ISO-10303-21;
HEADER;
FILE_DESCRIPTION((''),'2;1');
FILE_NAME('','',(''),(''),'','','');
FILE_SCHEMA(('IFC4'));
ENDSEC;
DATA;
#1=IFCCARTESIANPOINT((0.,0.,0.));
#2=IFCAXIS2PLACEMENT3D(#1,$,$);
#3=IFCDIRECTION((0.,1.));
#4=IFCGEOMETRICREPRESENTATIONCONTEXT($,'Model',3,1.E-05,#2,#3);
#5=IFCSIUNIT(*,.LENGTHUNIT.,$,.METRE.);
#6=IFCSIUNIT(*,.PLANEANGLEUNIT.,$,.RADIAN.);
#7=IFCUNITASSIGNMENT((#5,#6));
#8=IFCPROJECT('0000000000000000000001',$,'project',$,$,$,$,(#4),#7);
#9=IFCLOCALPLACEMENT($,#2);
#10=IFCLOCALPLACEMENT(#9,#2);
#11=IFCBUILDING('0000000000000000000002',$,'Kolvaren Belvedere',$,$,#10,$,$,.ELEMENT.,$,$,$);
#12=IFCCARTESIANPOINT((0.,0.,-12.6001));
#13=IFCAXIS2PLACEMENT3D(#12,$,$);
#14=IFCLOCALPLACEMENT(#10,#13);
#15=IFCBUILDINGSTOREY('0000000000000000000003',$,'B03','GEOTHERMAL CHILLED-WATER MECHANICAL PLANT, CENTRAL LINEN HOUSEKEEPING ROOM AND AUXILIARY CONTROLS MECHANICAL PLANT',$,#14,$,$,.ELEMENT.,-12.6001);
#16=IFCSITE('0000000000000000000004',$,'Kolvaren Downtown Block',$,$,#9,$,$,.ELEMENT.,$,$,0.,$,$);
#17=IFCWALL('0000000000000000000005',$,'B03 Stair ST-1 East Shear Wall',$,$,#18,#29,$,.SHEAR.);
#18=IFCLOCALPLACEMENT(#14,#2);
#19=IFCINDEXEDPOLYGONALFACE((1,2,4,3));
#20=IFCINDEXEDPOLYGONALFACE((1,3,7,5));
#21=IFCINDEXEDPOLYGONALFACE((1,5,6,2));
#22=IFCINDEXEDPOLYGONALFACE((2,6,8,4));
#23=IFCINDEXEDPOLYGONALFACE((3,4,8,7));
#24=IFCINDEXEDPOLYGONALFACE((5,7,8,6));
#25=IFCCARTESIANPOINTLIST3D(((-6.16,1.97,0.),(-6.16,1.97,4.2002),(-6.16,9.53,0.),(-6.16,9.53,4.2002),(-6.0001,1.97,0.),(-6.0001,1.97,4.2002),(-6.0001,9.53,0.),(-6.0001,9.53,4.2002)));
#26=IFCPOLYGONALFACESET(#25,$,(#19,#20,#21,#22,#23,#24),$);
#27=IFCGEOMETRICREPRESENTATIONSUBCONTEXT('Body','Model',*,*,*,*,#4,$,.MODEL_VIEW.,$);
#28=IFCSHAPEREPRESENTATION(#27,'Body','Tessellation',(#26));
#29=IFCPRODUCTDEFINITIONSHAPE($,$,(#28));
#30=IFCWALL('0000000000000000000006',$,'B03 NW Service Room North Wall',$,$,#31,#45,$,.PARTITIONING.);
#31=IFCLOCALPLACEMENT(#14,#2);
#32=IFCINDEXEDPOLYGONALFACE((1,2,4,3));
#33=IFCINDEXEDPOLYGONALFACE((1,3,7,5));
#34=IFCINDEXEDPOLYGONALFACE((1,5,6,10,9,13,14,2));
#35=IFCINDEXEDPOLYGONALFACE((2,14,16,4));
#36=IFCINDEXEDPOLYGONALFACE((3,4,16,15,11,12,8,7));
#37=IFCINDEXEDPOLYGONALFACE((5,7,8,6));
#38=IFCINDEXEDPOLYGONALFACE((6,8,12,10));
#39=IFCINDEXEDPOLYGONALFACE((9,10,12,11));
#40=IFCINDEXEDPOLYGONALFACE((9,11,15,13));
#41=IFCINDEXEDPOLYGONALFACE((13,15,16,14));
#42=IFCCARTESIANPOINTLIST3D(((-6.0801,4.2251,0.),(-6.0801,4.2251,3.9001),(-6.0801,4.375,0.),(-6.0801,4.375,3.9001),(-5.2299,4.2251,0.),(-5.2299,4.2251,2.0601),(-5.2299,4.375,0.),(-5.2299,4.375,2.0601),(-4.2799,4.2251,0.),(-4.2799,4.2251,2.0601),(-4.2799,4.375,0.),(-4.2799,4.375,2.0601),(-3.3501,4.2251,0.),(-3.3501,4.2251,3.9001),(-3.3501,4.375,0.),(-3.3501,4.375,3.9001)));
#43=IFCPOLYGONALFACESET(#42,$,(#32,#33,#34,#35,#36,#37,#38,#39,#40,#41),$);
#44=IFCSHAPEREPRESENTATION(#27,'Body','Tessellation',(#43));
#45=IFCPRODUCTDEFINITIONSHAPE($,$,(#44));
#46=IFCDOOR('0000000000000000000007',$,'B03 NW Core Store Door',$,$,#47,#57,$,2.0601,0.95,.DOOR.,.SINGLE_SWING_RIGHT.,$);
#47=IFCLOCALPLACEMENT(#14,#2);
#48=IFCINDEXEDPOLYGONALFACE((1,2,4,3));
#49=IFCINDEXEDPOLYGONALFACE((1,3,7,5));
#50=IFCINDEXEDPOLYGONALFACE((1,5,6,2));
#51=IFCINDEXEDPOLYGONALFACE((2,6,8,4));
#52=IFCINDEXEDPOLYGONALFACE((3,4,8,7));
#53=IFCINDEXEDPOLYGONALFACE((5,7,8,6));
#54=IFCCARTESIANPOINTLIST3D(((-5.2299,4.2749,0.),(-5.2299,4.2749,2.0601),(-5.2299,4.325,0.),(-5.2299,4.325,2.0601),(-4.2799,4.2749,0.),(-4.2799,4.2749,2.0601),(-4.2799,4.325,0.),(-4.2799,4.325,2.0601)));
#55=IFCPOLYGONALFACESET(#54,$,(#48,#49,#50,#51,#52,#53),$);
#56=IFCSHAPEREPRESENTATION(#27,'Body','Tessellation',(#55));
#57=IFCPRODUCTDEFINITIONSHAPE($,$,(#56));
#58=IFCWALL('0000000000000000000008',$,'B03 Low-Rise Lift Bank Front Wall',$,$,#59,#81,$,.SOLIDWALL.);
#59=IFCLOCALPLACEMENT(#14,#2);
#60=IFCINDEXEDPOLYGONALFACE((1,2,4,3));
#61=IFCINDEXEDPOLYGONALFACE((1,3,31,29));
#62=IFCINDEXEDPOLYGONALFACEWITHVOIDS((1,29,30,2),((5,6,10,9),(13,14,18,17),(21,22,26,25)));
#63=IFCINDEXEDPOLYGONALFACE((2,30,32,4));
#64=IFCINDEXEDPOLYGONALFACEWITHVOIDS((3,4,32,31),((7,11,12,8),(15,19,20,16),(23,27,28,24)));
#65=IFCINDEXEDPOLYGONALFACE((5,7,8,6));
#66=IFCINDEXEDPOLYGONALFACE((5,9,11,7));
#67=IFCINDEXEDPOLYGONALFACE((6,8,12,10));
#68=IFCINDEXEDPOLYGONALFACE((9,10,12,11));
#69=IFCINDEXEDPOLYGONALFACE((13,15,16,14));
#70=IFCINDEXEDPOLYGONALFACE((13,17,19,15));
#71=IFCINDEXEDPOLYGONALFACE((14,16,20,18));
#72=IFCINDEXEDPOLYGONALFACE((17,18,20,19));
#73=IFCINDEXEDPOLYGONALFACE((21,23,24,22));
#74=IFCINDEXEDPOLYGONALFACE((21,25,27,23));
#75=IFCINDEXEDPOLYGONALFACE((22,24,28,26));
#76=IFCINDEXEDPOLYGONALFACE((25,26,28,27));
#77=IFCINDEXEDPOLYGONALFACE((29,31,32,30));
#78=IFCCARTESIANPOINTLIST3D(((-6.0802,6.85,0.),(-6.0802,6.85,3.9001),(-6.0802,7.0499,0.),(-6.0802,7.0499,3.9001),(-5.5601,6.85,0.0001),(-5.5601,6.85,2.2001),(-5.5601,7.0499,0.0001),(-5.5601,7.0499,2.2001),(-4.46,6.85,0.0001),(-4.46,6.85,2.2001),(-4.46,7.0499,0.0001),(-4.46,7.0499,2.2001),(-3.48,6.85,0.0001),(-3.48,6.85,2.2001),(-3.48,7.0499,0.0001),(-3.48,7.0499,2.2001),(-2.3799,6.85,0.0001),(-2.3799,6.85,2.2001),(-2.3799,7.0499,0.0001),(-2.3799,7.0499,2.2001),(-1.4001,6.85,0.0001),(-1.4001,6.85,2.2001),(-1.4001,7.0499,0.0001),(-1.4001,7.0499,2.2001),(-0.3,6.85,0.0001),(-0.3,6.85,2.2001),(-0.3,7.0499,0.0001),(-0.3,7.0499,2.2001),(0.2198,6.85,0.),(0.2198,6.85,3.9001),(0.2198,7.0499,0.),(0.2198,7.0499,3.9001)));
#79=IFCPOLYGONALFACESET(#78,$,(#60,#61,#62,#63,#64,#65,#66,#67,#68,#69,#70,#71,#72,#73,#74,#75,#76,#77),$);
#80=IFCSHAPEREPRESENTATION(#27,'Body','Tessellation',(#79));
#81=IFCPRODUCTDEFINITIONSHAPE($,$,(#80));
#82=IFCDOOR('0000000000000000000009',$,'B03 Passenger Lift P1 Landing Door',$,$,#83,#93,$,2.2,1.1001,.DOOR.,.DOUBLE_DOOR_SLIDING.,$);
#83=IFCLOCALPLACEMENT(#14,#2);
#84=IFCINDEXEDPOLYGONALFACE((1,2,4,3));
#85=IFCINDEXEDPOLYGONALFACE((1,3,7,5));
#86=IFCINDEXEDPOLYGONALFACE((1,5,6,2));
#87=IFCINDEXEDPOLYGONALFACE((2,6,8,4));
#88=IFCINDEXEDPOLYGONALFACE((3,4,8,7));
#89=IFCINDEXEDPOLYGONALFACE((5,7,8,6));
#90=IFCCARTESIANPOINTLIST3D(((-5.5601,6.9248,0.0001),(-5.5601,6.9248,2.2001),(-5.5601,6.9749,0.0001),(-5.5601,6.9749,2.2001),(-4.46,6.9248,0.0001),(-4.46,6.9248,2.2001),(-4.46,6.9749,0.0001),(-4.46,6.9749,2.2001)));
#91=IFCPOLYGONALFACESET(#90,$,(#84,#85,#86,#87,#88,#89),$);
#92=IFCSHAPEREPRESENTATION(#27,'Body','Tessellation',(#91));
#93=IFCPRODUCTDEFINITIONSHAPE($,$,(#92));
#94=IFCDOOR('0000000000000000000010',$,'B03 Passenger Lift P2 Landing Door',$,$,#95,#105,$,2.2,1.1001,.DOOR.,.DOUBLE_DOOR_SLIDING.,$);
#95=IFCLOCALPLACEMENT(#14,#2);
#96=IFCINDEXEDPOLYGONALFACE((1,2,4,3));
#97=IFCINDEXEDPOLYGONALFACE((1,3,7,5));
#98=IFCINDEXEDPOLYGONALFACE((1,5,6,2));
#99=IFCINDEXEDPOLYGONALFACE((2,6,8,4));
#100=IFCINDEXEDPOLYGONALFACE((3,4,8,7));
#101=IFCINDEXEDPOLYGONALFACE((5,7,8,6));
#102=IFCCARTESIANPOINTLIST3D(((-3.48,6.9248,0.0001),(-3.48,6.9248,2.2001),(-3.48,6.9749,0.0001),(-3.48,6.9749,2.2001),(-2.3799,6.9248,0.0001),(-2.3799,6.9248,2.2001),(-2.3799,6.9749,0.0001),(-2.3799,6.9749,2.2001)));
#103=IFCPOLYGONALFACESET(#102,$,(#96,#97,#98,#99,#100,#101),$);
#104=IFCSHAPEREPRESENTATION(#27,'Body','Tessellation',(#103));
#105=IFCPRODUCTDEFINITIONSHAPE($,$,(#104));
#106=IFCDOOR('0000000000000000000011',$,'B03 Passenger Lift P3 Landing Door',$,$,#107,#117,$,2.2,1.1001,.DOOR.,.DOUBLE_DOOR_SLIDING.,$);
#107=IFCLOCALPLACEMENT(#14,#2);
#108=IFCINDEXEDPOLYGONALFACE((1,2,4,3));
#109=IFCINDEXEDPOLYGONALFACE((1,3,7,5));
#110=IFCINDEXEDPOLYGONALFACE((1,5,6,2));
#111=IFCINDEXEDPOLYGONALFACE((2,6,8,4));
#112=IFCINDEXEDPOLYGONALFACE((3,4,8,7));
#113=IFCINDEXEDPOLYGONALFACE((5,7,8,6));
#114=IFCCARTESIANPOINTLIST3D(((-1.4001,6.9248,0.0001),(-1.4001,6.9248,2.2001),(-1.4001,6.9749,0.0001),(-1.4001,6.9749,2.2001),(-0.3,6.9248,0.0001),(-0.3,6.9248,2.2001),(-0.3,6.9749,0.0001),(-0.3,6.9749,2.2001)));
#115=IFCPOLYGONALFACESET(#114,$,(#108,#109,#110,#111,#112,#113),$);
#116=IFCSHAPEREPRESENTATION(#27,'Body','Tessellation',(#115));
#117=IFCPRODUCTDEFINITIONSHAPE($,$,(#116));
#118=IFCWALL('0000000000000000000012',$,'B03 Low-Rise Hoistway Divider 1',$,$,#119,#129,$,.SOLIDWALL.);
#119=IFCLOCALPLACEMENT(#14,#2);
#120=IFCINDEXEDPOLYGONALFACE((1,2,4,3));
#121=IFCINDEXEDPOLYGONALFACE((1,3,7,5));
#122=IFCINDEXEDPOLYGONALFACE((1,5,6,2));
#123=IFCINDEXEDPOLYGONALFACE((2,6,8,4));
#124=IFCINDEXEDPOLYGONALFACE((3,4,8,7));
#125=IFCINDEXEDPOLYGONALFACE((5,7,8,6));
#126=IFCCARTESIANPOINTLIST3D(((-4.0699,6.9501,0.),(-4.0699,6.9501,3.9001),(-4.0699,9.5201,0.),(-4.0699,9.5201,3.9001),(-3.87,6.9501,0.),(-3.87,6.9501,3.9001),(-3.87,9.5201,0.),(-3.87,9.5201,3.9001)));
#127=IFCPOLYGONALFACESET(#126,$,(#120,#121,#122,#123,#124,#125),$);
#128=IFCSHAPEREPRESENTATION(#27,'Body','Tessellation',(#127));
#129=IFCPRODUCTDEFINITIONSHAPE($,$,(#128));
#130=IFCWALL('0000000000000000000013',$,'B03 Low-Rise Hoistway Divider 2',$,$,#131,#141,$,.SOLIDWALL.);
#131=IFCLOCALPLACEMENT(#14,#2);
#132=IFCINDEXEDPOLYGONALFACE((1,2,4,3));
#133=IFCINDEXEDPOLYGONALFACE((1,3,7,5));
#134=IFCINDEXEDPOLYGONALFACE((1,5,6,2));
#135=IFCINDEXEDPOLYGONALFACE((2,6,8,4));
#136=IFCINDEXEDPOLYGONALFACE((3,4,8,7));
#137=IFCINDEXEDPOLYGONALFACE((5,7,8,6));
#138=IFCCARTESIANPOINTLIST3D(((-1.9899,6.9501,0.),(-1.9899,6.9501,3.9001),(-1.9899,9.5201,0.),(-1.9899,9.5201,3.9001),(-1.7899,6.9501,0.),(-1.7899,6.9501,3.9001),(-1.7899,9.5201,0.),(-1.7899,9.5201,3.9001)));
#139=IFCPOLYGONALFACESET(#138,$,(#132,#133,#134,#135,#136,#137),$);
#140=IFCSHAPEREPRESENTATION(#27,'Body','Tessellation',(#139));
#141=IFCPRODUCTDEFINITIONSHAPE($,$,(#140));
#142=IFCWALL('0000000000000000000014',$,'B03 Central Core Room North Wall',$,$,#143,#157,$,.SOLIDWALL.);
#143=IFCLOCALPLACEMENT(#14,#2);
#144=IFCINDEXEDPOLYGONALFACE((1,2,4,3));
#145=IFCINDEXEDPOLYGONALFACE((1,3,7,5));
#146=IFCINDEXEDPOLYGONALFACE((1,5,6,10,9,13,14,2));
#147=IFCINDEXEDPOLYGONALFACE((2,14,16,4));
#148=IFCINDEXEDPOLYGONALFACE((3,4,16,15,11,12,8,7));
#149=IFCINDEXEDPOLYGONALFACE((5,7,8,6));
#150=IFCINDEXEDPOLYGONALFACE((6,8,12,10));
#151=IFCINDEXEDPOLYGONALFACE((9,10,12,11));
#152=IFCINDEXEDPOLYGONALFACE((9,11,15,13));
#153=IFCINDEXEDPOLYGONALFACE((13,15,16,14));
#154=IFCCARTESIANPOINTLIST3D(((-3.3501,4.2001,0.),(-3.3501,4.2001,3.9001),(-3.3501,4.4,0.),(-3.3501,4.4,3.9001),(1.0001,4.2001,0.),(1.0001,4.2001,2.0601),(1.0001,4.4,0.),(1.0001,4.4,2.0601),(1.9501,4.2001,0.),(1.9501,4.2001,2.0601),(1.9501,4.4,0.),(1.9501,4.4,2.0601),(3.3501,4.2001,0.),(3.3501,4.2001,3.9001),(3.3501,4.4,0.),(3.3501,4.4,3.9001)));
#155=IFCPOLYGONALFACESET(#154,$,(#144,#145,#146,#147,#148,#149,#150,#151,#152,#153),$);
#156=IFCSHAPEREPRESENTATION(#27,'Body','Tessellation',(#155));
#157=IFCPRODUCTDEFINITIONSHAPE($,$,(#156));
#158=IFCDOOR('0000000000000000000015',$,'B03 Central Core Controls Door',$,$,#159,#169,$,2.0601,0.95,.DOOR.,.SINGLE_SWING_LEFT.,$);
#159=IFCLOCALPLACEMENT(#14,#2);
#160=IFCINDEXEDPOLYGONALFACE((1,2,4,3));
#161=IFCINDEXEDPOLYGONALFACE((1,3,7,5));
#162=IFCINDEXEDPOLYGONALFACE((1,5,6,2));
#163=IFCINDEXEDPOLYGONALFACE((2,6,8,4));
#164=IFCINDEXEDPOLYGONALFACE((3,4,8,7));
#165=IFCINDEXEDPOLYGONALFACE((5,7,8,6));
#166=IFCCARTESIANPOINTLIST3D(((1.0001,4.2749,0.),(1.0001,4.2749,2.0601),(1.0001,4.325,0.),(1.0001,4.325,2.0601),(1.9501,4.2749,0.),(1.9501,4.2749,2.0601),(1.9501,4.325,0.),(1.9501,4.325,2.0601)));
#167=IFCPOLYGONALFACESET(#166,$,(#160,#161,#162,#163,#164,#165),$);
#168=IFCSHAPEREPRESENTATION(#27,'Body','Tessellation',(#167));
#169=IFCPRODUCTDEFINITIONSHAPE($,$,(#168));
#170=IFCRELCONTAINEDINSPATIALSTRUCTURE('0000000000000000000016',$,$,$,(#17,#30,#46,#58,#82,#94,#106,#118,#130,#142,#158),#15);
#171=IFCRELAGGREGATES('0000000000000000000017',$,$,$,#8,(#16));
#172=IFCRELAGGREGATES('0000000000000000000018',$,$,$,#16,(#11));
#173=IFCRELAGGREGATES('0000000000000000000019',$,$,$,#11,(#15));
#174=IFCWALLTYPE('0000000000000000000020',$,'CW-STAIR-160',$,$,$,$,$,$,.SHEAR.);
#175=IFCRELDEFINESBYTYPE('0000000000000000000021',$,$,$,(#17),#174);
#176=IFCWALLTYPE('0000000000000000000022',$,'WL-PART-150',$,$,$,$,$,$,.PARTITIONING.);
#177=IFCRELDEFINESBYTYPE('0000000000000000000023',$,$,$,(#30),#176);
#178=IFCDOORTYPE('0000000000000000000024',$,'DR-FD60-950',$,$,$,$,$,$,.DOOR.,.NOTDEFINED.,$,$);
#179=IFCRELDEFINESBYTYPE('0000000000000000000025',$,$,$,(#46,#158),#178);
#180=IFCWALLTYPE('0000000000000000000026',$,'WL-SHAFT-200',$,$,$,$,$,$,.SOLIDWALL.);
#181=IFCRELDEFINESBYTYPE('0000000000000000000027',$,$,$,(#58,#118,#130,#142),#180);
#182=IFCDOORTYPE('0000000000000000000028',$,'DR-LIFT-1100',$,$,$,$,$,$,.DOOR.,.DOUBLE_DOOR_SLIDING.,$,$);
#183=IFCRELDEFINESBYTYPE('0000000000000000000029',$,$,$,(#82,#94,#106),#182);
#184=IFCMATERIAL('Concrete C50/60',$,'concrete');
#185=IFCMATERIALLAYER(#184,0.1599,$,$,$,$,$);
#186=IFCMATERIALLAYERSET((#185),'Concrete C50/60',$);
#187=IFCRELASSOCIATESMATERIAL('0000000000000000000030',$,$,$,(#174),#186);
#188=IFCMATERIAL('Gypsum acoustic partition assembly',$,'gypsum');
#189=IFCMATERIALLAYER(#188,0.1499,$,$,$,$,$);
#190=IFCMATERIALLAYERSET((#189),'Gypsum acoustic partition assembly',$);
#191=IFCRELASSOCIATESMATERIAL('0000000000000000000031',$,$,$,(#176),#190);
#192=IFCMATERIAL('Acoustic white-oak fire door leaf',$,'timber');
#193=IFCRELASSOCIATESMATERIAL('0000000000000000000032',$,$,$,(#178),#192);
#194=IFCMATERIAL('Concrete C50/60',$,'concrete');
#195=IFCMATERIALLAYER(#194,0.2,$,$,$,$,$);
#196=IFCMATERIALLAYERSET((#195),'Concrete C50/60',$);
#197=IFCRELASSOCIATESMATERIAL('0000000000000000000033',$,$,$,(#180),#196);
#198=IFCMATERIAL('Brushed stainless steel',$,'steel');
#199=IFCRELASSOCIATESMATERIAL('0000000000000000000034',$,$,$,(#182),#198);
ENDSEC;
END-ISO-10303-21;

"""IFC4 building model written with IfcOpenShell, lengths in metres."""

from ifc_helpers import new_model, si_unit, direction, frame, frame_2d, origin, place, context, subcontext, project, spatial, rectangle, extrude, material, layer, layer_set, type_object, element, fill, save


model = new_model("IFC4")

# Units and contexts
model_context = context("Model", 3, precision=1e-05, world=origin(), true_north=direction((0.0, 1.0)))
body_context = subcontext(model_context, "Body", "Model", "MODEL_VIEW")
ifc_project = project(units=[si_unit("LENGTHUNIT", "METRE"), si_unit("PLANEANGLEUNIT", "RADIAN")], contexts=[model_context])

# Site, building, storey
site_placement = place(None, origin())
site = spatial("IfcSite", under=ifc_project, at=site_placement, Name="Kolvaren Downtown Block", CompositionType="ELEMENT", RefElevation=0.0)
building_placement = place(site_placement, origin())
building = spatial("IfcBuilding", under=site, at=building_placement, Name="Kolvaren Belvedere", CompositionType="ELEMENT")
storey_placement = place(building_placement, frame((0.0, 0.0, -12.6001)))
storey = spatial("IfcBuildingStorey", under=building, at=storey_placement, Name="B03", Description="GEOTHERMAL CHILLED-WATER MECHANICAL PLANT, CENTRAL LINEN HOUSEKEEPING ROOM AND AUXILIARY CONTROLS MECHANICAL PLANT", CompositionType="ELEMENT", Elevation=-12.6001)

# Wall
ifc_material_1 = material(Name="Concrete C50/60", Category="concrete")
ifc_layer_1 = layer(ifc_material_1, 0.1599)
ifc_layer_set_1 = layer_set([ifc_layer_1], Name="Concrete C50/60")
wall_type_1 = type_object("IfcWallType", Name="CW-STAIR-160", PredefinedType="SHEAR", material=ifc_layer_set_1)
wall_1_placement = place(storey_placement, frame((-6.0801, 1.97, 0.0), z_axis=(0.0, 0.0, 1.0), x_axis=(0.0, 1.0, 0.0)))
element("IfcWall", 1, at=wall_1_placement, inside=storey, type_object=wall_type_1, Name="B03 Stair ST-1 East Shear Wall", PredefinedType="SHEAR", context=body_context, shape_type="SweptSolid", body=[
    extrude(rectangle(XDim=7.5601, YDim=0.1599, at=frame_2d((3.78, 0.0))), origin(), (0.0, 0.0, 1.0), 4.2002),
])

# Wall, opening, door
ifc_material_2 = material(Name="Gypsum acoustic partition assembly", Category="gypsum")
ifc_layer_2 = layer(ifc_material_2, 0.1499)
ifc_layer_set_2 = layer_set([ifc_layer_2], Name="Gypsum acoustic partition assembly")
wall_type_2 = type_object("IfcWallType", Name="WL-PART-150", PredefinedType="PARTITIONING", material=ifc_layer_set_2)
wall_2_placement = place(storey_placement, frame((-6.0801, 4.3, 0.0), z_axis=(0.0, 0.0, 1.0), x_axis=(1.0, 0.0, 0.0)))
wall_2 = element("IfcWall", 2, at=wall_2_placement, inside=storey, type_object=wall_type_2, Name="B03 NW Service Room North Wall", PredefinedType="PARTITIONING", context=body_context, shape_type="SweptSolid", body=[
    extrude(rectangle(XDim=2.73, YDim=0.1499, at=frame_2d((1.365, 0.0))), origin(), (0.0, 0.0, 1.0), 3.9001),
])
opening_1_placement = place(wall_2_placement, frame((0.8501, 0.0, 0.0)))
opening_1 = element("IfcOpeningElement", 3, at=opening_1_placement, cuts=wall_2, PredefinedType="OPENING", context=body_context, shape_type="SweptSolid", body=[
    extrude(rectangle(XDim=0.95, YDim=2.0601, at=frame_2d((0.4751, 1.03))), frame((0.0, 0.085, 0.0), z_axis=(0.0, -1.0, 0.0), x_axis=(1.0, 0.0, 0.0)), (0.0, 0.0, 1.0), 0.1699),
])
ifc_material_3 = material(Name="Acoustic white-oak fire door leaf", Category="timber")
door_type_1 = type_object("IfcDoorType", Name="DR-FD60-950", OperationType="NOTDEFINED", PredefinedType="DOOR", material=ifc_material_3)
door_1_placement = place(opening_1_placement, origin())
door_1 = element("IfcDoor", 4, at=door_1_placement, inside=storey, type_object=door_type_1, Name="B03 NW Core Store Door", OperationType="SINGLE_SWING_RIGHT", OverallHeight=2.0601, OverallWidth=0.95, PredefinedType="DOOR", context=body_context, shape_type="SweptSolid", body=[
    extrude(rectangle(XDim=0.95, YDim=2.0601, at=frame_2d((0.4751, 1.03))), frame((0.0, 0.0249, 0.0), z_axis=(0.0, -1.0, 0.0), x_axis=(1.0, 0.0, 0.0)), (0.0, 0.0, 1.0), 0.05),
])
fill(opening_1, door_1)

# Wall, openings, doors
ifc_material_4 = material(Name="Concrete C50/60", Category="concrete")
ifc_layer_3 = layer(ifc_material_4, 0.2)
ifc_layer_set_3 = layer_set([ifc_layer_3], Name="Concrete C50/60")
wall_type_3 = type_object("IfcWallType", Name="WL-SHAFT-200", PredefinedType="SOLIDWALL", material=ifc_layer_set_3)
wall_3_placement = place(storey_placement, frame((-6.0801, 6.95, 0.0), z_axis=(0.0, 0.0, 1.0), x_axis=(1.0, 0.0, 0.0)))
wall_3 = element("IfcWall", 5, at=wall_3_placement, inside=storey, type_object=wall_type_3, Name="B03 Low-Rise Lift Bank Front Wall", PredefinedType="SOLIDWALL", context=body_context, shape_type="SweptSolid", body=[
    extrude(rectangle(XDim=6.3, YDim=0.2, at=frame_2d((3.1499, 0.0))), origin(), (0.0, 0.0, 1.0), 3.9001),
])
opening_2_placement = place(wall_3_placement, frame((0.52, 0.0, 0.0)))
opening_2 = element("IfcOpeningElement", 6, at=opening_2_placement, cuts=wall_3, PredefinedType="OPENING", context=body_context, shape_type="SweptSolid", body=[
    extrude(rectangle(XDim=1.1001, YDim=2.2, at=frame_2d((0.55, 1.1001))), frame((0.0, 0.1099, 0.0), z_axis=(0.0, -1.0, 0.0), x_axis=(1.0, 0.0, 0.0)), (0.0, 0.0, 1.0), 0.22),
])
opening_3_placement = place(wall_3_placement, frame((2.6001, 0.0, 0.0)))
opening_3 = element("IfcOpeningElement", 7, at=opening_3_placement, cuts=wall_3, PredefinedType="OPENING", context=body_context, shape_type="SweptSolid", body=[
    extrude(rectangle(XDim=1.1001, YDim=2.2, at=frame_2d((0.55, 1.1001))), frame((0.0, 0.1099, 0.0), z_axis=(0.0, -1.0, 0.0), x_axis=(1.0, 0.0, 0.0)), (0.0, 0.0, 1.0), 0.22),
])
opening_4_placement = place(wall_3_placement, frame((4.6799, 0.0, 0.0)))
opening_4 = element("IfcOpeningElement", 8, at=opening_4_placement, cuts=wall_3, PredefinedType="OPENING", context=body_context, shape_type="SweptSolid", body=[
    extrude(rectangle(XDim=1.1001, YDim=2.2, at=frame_2d((0.55, 1.1001))), frame((0.0, 0.1099, 0.0), z_axis=(0.0, -1.0, 0.0), x_axis=(1.0, 0.0, 0.0)), (0.0, 0.0, 1.0), 0.22),
])
ifc_material_5 = material(Name="Brushed stainless steel", Category="steel")
door_type_2 = type_object("IfcDoorType", Name="DR-LIFT-1100", OperationType="DOUBLE_DOOR_SLIDING", PredefinedType="DOOR", material=ifc_material_5)
door_2_placement = place(opening_2_placement, origin())
door_2 = element("IfcDoor", 9, at=door_2_placement, inside=storey, type_object=door_type_2, Name="B03 Passenger Lift P1 Landing Door", OperationType="DOUBLE_DOOR_SLIDING", OverallHeight=2.2, OverallWidth=1.1001, PredefinedType="DOOR", context=body_context, shape_type="SweptSolid", body=[
    extrude(rectangle(XDim=1.1001, YDim=2.2, at=frame_2d((0.55, 1.1001))), frame((0.0, 0.0249, 0.0), z_axis=(0.0, -1.0, 0.0), x_axis=(1.0, 0.0, 0.0)), (0.0, 0.0, 1.0), 0.05),
])
fill(opening_2, door_2)
door_3_placement = place(opening_3_placement, origin())
door_3 = element("IfcDoor", 10, at=door_3_placement, inside=storey, type_object=door_type_2, Name="B03 Passenger Lift P2 Landing Door", OperationType="DOUBLE_DOOR_SLIDING", OverallHeight=2.2, OverallWidth=1.1001, PredefinedType="DOOR", context=body_context, shape_type="SweptSolid", body=[
    extrude(rectangle(XDim=1.1001, YDim=2.2, at=frame_2d((0.55, 1.1001))), frame((0.0, 0.0249, 0.0), z_axis=(0.0, -1.0, 0.0), x_axis=(1.0, 0.0, 0.0)), (0.0, 0.0, 1.0), 0.05),
])
fill(opening_3, door_3)
door_4_placement = place(opening_4_placement, origin())
door_4 = element("IfcDoor", 11, at=door_4_placement, inside=storey, type_object=door_type_2, Name="B03 Passenger Lift P3 Landing Door", OperationType="DOUBLE_DOOR_SLIDING", OverallHeight=2.2, OverallWidth=1.1001, PredefinedType="DOOR", context=body_context, shape_type="SweptSolid", body=[
    extrude(rectangle(XDim=1.1001, YDim=2.2, at=frame_2d((0.55, 1.1001))), frame((0.0, 0.0249, 0.0), z_axis=(0.0, -1.0, 0.0), x_axis=(1.0, 0.0, 0.0)), (0.0, 0.0, 1.0), 0.05),
])
fill(opening_4, door_4)

# Walls
for number, where, z_axis, x_axis, name in (
    (12, (-3.97, 6.95, 0.0), (0.0, 0.0, 1.0), (0.0, 1.0, 0.0), "B03 Low-Rise Hoistway Divider 1"),
    (13, (-1.8899, 6.95, 0.0), (0.0, 0.0, 1.0), (0.0, 1.0, 0.0), "B03 Low-Rise Hoistway Divider 2"),
):
    element("IfcWall", number, at=place(storey_placement, frame(where, z_axis=z_axis, x_axis=x_axis)), inside=storey, type_object=wall_type_3, Name=name, PredefinedType="SOLIDWALL", context=body_context, shape_type="SweptSolid", body=[
        extrude(rectangle(XDim=2.5701, YDim=0.2, at=frame_2d((1.2852, 0.0))), origin(), (0.0, 0.0, 1.0), 3.9001),
    ])

# Wall, opening, door
wall_4_placement = place(storey_placement, frame((-3.3501, 4.3, 0.0), z_axis=(0.0, 0.0, 1.0), x_axis=(1.0, 0.0, 0.0)))
wall_4 = element("IfcWall", 14, at=wall_4_placement, inside=storey, type_object=wall_type_3, Name="B03 Central Core Room North Wall", PredefinedType="SOLIDWALL", context=body_context, shape_type="SweptSolid", body=[
    extrude(rectangle(XDim=6.7002, YDim=0.2, at=frame_2d((3.3501, 0.0))), origin(), (0.0, 0.0, 1.0), 3.9001),
])
opening_5_placement = place(wall_4_placement, frame((4.3501, 0.0, 0.0)))
opening_5 = element("IfcOpeningElement", 15, at=opening_5_placement, cuts=wall_4, PredefinedType="OPENING", context=body_context, shape_type="SweptSolid", body=[
    extrude(rectangle(XDim=0.95, YDim=2.0601, at=frame_2d((0.4751, 1.03))), frame((0.0, 0.1099, 0.0), z_axis=(0.0, -1.0, 0.0), x_axis=(1.0, 0.0, 0.0)), (0.0, 0.0, 1.0), 0.22),
])
door_5_placement = place(opening_5_placement, origin())
door_5 = element("IfcDoor", 16, at=door_5_placement, inside=storey, type_object=door_type_1, Name="B03 Central Core Controls Door", OperationType="SINGLE_SWING_LEFT", OverallHeight=2.0601, OverallWidth=0.95, PredefinedType="DOOR", context=body_context, shape_type="SweptSolid", body=[
    extrude(rectangle(XDim=0.95, YDim=2.0601, at=frame_2d((0.4751, 1.03))), frame((0.0, 0.0249, 0.0), z_axis=(0.0, -1.0, 0.0), x_axis=(1.0, 0.0, 0.0)), (0.0, 0.0, 1.0), 0.05),
])
fill(opening_5, door_5)

save(model, "model.ifc")
